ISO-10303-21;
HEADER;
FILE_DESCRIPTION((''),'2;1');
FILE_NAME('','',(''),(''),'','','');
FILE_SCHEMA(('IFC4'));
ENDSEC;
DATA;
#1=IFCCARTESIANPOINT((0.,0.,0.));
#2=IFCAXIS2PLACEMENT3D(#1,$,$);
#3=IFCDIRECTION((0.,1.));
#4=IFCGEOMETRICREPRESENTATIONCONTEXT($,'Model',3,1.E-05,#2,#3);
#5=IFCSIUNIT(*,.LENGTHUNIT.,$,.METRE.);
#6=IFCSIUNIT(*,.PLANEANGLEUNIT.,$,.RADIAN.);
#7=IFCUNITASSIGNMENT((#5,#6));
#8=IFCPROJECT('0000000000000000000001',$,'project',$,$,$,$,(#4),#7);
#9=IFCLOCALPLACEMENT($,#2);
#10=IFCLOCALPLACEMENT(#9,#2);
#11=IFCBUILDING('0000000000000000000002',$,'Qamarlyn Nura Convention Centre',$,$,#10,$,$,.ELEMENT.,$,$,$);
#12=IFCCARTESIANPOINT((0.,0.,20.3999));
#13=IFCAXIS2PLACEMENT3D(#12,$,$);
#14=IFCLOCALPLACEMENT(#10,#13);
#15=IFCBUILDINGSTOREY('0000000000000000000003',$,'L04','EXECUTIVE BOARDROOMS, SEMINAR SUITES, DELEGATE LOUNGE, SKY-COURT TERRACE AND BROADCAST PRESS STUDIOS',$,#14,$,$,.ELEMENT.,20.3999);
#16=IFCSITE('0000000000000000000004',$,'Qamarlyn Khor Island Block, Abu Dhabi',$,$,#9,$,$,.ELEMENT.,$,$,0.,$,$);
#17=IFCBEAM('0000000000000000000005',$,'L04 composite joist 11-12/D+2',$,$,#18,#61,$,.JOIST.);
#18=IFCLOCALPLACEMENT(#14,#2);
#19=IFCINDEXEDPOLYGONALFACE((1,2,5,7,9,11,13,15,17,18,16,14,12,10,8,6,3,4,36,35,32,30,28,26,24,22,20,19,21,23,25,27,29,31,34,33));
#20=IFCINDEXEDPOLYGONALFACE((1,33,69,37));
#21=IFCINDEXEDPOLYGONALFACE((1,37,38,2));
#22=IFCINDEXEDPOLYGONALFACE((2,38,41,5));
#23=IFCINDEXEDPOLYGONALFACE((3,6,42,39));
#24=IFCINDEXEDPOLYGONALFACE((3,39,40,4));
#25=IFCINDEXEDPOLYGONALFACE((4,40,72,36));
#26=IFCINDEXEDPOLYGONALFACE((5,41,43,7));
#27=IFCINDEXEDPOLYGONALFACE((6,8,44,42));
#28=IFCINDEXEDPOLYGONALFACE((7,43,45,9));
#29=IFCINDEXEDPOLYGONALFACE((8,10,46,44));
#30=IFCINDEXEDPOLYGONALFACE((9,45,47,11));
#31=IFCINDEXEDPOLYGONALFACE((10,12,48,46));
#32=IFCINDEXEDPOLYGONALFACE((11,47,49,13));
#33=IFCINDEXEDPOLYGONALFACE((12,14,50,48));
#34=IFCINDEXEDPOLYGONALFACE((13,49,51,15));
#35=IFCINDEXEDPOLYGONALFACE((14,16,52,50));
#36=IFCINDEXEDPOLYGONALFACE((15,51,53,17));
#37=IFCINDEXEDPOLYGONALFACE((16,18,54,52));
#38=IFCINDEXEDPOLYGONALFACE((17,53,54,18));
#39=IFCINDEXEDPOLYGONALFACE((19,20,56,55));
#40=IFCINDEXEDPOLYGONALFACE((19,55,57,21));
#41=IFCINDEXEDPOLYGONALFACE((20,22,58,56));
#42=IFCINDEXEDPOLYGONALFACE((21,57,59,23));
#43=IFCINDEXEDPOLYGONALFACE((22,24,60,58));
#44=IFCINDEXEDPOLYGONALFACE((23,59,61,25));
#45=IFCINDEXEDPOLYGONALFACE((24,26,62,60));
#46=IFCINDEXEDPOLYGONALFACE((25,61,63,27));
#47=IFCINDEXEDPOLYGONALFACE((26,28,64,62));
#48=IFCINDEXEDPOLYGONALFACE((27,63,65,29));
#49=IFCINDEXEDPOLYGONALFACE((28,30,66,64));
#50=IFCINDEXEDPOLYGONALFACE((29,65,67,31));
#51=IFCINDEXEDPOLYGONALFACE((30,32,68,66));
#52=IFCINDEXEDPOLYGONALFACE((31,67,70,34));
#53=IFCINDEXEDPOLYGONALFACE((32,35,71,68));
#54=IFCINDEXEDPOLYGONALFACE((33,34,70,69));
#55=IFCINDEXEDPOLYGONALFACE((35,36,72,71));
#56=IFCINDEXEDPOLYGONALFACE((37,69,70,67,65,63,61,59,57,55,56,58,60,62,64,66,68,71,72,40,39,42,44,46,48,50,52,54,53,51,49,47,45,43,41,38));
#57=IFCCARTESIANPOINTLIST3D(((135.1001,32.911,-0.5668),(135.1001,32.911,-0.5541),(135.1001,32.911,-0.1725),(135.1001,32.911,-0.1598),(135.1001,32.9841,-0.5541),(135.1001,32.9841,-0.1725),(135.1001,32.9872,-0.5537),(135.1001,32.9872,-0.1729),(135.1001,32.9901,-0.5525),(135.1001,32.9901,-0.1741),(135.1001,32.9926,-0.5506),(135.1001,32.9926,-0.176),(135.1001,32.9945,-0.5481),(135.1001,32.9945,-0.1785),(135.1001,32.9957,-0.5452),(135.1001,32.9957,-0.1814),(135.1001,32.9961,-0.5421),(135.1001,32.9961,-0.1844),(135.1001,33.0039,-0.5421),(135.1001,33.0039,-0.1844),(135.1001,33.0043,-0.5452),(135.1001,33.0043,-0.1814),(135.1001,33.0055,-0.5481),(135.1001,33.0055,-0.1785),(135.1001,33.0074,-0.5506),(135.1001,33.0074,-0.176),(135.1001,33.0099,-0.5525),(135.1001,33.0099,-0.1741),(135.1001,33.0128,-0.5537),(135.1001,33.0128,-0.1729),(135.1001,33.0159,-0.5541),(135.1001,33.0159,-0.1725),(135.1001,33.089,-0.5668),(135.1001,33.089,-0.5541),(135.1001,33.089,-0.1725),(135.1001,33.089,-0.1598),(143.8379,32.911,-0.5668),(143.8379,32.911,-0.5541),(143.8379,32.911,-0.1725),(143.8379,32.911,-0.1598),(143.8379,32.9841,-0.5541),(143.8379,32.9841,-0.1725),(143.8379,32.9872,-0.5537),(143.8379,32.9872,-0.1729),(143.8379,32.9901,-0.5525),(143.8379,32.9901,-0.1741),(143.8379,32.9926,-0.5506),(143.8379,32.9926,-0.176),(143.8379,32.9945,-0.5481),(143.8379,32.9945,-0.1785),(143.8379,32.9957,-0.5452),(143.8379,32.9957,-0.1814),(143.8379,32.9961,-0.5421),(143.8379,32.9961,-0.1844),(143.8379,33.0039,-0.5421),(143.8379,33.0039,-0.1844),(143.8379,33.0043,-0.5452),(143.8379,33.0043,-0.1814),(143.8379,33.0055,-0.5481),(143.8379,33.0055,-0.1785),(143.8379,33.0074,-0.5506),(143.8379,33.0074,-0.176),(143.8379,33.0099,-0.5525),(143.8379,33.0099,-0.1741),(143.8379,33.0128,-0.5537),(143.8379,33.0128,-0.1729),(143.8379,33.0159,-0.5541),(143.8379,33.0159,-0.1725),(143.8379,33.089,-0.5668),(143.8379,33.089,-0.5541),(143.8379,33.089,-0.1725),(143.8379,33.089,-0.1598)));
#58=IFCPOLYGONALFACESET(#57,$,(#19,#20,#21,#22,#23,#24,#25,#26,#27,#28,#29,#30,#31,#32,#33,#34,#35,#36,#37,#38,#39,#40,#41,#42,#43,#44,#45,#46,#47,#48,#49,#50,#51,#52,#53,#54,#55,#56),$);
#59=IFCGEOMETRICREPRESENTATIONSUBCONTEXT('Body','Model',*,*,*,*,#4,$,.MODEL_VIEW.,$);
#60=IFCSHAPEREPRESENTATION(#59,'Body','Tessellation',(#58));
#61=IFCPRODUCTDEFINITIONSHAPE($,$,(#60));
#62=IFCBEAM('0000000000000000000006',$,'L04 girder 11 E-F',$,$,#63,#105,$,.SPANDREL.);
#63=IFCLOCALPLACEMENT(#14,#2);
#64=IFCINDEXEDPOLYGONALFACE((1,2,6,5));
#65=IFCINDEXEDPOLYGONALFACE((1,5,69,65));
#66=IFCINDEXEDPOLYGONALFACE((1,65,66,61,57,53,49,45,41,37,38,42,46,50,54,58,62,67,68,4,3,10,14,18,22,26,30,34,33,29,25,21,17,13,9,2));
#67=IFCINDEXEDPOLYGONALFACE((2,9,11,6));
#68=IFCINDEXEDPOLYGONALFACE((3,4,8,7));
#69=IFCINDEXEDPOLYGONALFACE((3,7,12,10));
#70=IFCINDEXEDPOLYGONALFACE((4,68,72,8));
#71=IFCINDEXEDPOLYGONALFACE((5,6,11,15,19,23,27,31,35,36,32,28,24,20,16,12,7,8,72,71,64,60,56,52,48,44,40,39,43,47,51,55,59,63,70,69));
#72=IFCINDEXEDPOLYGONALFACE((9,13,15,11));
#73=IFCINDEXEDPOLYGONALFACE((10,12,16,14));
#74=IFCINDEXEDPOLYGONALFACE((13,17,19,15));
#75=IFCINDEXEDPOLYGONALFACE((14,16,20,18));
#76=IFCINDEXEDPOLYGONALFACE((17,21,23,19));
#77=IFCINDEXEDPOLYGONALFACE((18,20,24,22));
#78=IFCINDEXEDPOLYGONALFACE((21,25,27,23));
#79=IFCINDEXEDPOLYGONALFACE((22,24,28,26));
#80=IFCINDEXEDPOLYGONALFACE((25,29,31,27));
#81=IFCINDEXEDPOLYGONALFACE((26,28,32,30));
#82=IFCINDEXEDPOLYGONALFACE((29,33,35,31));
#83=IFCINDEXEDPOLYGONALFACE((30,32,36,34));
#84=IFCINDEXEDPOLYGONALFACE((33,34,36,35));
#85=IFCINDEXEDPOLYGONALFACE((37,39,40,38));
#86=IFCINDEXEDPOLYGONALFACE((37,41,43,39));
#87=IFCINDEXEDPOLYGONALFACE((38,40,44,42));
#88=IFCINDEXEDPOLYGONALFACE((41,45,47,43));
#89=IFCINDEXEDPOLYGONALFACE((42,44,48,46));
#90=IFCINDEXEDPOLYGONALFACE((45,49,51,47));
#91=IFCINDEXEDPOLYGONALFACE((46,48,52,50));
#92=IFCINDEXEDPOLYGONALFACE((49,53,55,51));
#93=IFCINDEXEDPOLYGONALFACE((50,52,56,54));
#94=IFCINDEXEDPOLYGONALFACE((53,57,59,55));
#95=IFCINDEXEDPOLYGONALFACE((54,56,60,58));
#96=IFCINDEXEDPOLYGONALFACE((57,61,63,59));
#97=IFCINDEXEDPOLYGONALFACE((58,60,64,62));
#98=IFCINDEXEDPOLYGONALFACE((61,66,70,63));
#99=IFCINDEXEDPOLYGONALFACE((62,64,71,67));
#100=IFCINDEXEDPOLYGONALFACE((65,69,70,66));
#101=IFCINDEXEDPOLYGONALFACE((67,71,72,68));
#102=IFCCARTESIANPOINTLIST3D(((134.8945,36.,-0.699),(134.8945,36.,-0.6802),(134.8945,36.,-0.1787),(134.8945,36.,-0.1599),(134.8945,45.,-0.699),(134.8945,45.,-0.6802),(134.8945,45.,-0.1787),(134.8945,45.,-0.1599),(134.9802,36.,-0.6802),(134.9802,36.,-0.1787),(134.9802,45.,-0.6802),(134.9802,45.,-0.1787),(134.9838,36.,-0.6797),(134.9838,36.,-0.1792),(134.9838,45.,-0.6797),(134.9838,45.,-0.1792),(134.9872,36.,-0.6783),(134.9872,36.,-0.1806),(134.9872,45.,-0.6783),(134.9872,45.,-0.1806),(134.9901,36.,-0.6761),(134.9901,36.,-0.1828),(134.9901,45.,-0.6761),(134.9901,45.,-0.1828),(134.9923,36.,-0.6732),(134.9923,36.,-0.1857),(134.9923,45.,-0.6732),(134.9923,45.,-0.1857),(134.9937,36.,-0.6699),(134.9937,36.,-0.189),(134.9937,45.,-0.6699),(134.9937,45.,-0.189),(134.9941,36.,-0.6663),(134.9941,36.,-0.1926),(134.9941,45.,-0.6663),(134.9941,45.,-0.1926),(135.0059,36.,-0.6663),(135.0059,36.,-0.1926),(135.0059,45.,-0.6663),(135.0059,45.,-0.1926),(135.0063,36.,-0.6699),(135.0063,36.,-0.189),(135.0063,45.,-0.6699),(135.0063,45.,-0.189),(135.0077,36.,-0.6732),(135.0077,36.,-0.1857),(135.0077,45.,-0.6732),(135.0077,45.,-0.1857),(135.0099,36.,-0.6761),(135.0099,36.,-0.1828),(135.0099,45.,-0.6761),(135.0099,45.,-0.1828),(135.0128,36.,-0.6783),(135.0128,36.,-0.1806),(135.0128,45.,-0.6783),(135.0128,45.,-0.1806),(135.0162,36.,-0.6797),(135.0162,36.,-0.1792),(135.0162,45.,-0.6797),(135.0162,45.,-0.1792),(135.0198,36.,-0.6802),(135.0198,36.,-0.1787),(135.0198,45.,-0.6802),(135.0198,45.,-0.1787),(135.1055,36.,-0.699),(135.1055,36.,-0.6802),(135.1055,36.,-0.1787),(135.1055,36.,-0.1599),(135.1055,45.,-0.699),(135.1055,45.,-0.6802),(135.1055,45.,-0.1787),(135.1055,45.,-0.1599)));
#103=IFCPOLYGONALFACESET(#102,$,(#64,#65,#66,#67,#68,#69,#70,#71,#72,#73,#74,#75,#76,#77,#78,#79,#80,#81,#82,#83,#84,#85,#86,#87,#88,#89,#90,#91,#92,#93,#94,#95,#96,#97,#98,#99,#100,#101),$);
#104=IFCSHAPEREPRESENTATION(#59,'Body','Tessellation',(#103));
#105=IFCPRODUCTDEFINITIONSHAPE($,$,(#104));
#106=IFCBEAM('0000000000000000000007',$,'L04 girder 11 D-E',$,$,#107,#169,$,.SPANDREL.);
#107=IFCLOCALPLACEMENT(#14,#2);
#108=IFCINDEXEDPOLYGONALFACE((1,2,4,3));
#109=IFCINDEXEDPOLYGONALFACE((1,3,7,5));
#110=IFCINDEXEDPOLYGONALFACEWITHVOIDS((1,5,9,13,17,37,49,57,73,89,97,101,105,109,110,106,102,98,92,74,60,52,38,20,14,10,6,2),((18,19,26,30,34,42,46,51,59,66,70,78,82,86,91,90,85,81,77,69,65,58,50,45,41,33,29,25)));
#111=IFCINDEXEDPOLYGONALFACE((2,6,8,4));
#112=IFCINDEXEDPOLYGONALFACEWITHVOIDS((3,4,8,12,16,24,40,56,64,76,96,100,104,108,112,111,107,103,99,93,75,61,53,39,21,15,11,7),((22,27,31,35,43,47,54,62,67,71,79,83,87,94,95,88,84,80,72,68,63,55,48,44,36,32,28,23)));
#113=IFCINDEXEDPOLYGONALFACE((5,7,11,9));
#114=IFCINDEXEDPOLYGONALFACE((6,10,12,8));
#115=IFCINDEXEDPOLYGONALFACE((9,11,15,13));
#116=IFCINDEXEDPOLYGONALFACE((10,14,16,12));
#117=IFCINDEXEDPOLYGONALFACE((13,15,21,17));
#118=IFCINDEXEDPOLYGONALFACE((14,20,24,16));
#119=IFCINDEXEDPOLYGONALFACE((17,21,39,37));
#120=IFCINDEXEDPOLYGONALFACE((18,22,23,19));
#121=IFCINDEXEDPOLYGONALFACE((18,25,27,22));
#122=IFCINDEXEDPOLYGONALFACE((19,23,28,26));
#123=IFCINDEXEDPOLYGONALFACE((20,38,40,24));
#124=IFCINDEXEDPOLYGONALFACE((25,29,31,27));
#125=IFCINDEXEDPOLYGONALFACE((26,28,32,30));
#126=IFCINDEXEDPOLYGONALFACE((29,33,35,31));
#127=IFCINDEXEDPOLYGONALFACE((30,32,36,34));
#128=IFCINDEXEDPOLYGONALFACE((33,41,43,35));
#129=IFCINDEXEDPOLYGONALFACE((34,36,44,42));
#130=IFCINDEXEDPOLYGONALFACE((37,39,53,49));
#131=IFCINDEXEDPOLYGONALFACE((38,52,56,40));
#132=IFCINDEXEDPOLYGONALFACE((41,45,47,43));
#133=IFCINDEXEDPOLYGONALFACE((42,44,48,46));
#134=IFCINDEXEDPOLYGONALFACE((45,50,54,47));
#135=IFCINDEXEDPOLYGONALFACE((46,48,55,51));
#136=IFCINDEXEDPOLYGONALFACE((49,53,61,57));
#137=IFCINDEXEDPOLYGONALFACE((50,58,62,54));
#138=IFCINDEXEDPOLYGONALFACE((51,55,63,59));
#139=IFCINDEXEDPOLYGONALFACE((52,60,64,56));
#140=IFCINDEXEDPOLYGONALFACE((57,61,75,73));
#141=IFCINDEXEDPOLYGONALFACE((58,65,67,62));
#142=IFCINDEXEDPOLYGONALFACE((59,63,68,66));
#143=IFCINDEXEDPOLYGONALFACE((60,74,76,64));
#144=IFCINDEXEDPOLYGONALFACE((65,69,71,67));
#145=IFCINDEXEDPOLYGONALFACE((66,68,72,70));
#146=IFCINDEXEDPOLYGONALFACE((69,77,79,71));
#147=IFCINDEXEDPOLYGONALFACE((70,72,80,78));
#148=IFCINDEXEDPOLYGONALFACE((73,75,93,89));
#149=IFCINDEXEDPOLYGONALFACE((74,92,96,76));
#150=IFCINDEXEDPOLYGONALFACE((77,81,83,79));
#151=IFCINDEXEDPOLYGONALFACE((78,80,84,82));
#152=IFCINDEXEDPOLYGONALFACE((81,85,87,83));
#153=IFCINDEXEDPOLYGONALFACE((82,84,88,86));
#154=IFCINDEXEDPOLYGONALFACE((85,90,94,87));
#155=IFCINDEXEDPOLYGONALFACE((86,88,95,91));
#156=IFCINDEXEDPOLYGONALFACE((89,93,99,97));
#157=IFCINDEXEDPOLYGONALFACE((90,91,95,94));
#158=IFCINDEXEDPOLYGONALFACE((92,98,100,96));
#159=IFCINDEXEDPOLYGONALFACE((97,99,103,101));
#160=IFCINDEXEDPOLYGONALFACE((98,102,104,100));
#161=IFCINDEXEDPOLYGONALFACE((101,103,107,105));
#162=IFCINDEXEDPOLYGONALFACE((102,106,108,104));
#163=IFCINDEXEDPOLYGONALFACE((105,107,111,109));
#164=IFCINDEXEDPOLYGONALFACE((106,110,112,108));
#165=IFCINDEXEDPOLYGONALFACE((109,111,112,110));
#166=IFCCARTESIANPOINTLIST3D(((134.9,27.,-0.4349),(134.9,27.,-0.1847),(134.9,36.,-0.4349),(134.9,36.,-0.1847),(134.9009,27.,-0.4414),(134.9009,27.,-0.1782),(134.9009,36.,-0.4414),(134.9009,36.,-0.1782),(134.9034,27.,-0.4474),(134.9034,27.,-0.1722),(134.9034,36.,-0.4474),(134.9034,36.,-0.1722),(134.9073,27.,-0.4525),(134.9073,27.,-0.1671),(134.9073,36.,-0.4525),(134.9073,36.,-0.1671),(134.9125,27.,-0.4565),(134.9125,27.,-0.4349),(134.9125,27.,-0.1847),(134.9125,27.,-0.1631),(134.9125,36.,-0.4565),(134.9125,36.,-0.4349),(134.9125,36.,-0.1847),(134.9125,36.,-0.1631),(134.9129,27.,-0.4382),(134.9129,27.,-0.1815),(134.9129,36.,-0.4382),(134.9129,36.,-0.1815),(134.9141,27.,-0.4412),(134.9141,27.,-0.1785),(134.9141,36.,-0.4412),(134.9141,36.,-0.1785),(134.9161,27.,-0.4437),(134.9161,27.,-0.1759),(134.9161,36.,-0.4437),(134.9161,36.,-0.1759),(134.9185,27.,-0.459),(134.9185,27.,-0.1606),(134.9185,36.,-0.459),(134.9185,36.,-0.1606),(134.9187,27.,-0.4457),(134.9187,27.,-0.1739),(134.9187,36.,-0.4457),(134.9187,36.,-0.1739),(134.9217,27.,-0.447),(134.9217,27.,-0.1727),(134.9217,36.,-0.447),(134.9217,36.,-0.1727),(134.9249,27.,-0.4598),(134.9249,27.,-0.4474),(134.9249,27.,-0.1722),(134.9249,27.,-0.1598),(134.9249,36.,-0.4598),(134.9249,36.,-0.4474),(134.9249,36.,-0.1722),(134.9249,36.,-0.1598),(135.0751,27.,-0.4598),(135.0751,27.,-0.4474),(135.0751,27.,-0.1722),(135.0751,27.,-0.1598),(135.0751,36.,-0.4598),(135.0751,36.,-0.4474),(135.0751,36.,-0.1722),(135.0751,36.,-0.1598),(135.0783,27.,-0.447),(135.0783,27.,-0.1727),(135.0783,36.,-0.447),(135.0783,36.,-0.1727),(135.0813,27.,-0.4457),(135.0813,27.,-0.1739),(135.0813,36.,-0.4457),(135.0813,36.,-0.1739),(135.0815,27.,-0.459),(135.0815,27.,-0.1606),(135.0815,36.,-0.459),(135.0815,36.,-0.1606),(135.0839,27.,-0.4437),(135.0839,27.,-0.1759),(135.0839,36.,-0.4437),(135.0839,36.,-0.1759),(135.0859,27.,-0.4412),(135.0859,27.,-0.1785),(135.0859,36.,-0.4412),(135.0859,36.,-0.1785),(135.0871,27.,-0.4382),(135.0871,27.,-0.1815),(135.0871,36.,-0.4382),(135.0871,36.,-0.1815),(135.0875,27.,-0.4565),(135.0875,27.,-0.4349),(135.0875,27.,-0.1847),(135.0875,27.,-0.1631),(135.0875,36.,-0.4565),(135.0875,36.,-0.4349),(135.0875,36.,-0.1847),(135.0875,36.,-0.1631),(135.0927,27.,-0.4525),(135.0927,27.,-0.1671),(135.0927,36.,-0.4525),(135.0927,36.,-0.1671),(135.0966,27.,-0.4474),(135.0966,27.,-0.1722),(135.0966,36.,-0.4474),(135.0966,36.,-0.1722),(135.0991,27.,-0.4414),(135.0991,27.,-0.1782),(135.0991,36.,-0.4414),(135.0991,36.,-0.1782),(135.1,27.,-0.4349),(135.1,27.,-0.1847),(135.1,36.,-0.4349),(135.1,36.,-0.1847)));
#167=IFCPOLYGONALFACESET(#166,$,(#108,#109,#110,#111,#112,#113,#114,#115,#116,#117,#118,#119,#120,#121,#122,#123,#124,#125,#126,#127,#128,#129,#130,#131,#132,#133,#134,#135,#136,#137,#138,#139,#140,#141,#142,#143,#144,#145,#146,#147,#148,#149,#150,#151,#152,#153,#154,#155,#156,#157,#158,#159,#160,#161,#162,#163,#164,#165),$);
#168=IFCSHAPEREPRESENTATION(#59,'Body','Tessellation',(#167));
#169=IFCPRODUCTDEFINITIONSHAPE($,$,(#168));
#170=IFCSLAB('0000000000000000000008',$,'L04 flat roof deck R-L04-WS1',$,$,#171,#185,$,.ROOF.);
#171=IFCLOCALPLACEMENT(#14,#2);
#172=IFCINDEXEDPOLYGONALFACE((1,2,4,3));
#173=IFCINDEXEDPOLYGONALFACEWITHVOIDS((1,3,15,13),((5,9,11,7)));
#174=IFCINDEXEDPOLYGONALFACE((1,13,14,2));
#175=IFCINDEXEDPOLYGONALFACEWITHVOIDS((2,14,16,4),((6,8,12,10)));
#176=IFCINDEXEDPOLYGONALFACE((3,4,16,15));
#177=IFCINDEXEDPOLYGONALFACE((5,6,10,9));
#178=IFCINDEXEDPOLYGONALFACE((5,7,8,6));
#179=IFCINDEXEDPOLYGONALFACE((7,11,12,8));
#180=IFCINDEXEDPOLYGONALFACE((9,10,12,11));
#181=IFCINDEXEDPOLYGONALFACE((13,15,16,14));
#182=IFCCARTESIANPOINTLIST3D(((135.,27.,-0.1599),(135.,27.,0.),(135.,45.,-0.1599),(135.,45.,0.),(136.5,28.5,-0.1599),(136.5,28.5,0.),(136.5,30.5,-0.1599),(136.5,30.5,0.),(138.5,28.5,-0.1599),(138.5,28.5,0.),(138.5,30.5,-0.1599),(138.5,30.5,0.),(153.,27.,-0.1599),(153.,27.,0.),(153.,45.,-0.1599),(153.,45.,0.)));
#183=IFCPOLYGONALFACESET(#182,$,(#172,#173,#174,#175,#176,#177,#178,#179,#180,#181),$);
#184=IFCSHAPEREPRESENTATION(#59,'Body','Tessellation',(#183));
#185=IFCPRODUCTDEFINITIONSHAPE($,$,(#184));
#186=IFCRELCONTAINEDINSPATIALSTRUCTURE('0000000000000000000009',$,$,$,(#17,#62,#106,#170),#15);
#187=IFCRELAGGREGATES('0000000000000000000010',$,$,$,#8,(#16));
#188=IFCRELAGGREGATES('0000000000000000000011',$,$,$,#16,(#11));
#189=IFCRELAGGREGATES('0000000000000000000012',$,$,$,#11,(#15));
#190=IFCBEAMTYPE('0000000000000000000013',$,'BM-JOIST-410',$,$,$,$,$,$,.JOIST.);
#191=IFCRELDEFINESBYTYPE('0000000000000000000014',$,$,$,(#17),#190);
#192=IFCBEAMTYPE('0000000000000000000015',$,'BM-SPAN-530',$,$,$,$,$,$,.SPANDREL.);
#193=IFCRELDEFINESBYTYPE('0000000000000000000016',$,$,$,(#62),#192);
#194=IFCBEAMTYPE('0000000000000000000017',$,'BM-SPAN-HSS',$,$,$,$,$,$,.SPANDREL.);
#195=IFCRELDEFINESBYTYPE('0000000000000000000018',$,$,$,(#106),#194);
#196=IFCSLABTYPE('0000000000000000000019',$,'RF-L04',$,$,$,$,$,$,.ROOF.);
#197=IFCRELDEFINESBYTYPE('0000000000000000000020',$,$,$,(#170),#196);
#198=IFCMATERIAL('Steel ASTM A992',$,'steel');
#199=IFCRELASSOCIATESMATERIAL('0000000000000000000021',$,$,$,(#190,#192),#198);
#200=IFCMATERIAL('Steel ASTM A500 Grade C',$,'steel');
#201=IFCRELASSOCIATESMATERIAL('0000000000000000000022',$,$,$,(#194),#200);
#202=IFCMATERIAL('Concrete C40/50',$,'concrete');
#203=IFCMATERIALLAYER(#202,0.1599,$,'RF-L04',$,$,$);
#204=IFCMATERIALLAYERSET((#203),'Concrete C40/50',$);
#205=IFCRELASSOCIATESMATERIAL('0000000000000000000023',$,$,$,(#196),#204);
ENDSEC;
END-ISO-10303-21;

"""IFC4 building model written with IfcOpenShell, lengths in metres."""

from ifc_helpers import new_model, si_unit, direction, frame, origin, origin_2d, place, context, subcontext, project, spatial, polyline, hollow_rectangle, i_section, outline, extrude, material, layer, layer_set, material_profile, profile_set, type_object, element, save


model = new_model("IFC4")

# Units and contexts
model_context = context("Model", 3, precision=1e-05, world=origin(), true_north=direction((0.0, 1.0)))
body_context = subcontext(model_context, "Body", "Model", "MODEL_VIEW")
ifc_project = project(units=[si_unit("LENGTHUNIT", "METRE"), si_unit("PLANEANGLEUNIT", "RADIAN")], contexts=[model_context])

# Site, building, storey
site_placement = place(None, origin())
site = spatial("IfcSite", under=ifc_project, at=site_placement, Name="Qamarlyn Khor Island Block, Abu Dhabi", CompositionType="ELEMENT", RefElevation=0.0)
building_placement = place(site_placement, origin())
building = spatial("IfcBuilding", under=site, at=building_placement, Name="Qamarlyn Nura Convention Centre", CompositionType="ELEMENT")
storey_placement = place(building_placement, frame((0.0, 0.0, 20.3999)))
storey = spatial("IfcBuildingStorey", under=building, at=storey_placement, Name="L04", Description="EXECUTIVE BOARDROOMS, SEMINAR SUITES, DELEGATE LOUNGE, SKY-COURT TERRACE AND BROADCAST PRESS STUDIOS", CompositionType="ELEMENT", Elevation=20.3999)

# Beams
ifc_material_1 = material(Name="Steel ASTM A992", Category="steel")
ifc_material_profile_1 = material_profile(ifc_material_1, i_section(OverallWidth=0.178, OverallDepth=0.407, WebThickness=0.0078, FlangeThickness=0.0127, FilletRadius=0.012, at=origin_2d()), Name="W410X60")
ifc_profile_set_1 = profile_set([ifc_material_profile_1], Name="Steel ASTM A992")
beam_type_1 = type_object("IfcBeamType", Name="BM-JOIST-410", PredefinedType="JOIST", material=ifc_profile_set_1)
for number, where, z_axis, x_axis, name in (
    (1, (135.1001, 33.0, -0.3633), (1.0, 0.0, 0.0), (0.0, 1.0, 0.0), "L04 composite joist 11-12/D+2"),
):
    element("IfcBeam", number, at=place(storey_placement, frame(where, z_axis=z_axis, x_axis=x_axis)), inside=storey, type_object=beam_type_1, Name=name, PredefinedType="JOIST", context=body_context, shape_type="SweptSolid", body=[
        extrude(i_section(OverallWidth=0.178, OverallDepth=0.407, WebThickness=0.0078, FlangeThickness=0.0127, FilletRadius=0.012, at=origin_2d()), origin(), (0.0, 0.0, 1.0), 8.7378),
    ])
ifc_material_profile_2 = material_profile(ifc_material_1, i_section(OverallWidth=0.2109, OverallDepth=0.5391, WebThickness=0.0117, FlangeThickness=0.0188, FilletRadius=0.0139, at=origin_2d()), Name="W530X109")
ifc_profile_set_2 = profile_set([ifc_material_profile_2], Name="Steel ASTM A992")
beam_type_2 = type_object("IfcBeamType", Name="BM-SPAN-530", PredefinedType="SPANDREL", material=ifc_profile_set_2)
beam_1_placement = place(storey_placement, frame((135.0, 36.0, -0.4294), z_axis=(0.0, 1.0, 0.0), x_axis=(-1.0, 0.0, 0.0)))
element("IfcBeam", 2, at=beam_1_placement, inside=storey, type_object=beam_type_2, Name="L04 girder 11 E-F", PredefinedType="SPANDREL", context=body_context, shape_type="SweptSolid", body=[
    extrude(i_section(OverallWidth=0.2109, OverallDepth=0.5391, WebThickness=0.0117, FlangeThickness=0.0188, FilletRadius=0.0139, at=origin_2d()), origin(), (0.0, 0.0, 1.0), 9.0),
])
ifc_material_2 = material(Name="Steel ASTM A500 Grade C", Category="steel")
ifc_material_profile_3 = material_profile(ifc_material_2, hollow_rectangle(XDim=0.2, YDim=0.3, WallThickness=0.0125, InnerFilletRadius=0.0125, OuterFilletRadius=0.0249, at=origin_2d()), Name="HSS300X200X12.5")
ifc_profile_set_3 = profile_set([ifc_material_profile_3], Name="Steel ASTM A500 Grade C")
beam_type_3 = type_object("IfcBeamType", Name="BM-SPAN-HSS", PredefinedType="SPANDREL", material=ifc_profile_set_3)
beam_2_placement = place(storey_placement, frame((135.0, 27.0, -0.3098), z_axis=(0.0, 1.0, 0.0), x_axis=(-1.0, 0.0, 0.0)))
element("IfcBeam", 3, at=beam_2_placement, inside=storey, type_object=beam_type_3, Name="L04 girder 11 D-E", PredefinedType="SPANDREL", context=body_context, shape_type="SweptSolid", body=[
    extrude(hollow_rectangle(XDim=0.2, YDim=0.3, WallThickness=0.0125, InnerFilletRadius=0.0125, OuterFilletRadius=0.0249, at=origin_2d()), origin(), (0.0, 0.0, 1.0), 9.0),
])

# Slab
ifc_material_3 = material(Name="Concrete C40/50", Category="concrete")
ifc_layer_1 = layer(ifc_material_3, 0.1599, Name="RF-L04")
ifc_layer_set_1 = layer_set([ifc_layer_1], Name="Concrete C40/50")
slab_type_1 = type_object("IfcSlabType", Name="RF-L04", PredefinedType="ROOF", material=ifc_layer_set_1)
slab_1_placement = place(storey_placement, frame((0.0, 0.0, -0.1599)))
element("IfcSlab", 4, at=slab_1_placement, inside=storey, type_object=slab_type_1, Name="L04 flat roof deck R-L04-WS1", PredefinedType="ROOF", context=body_context, shape_type="SweptSolid", body=[
    extrude(outline(polyline([(135.0, 27.0), (135.0, 45.0), (153.0, 45.0), (153.0, 27.0), (135.0, 27.0)]), holes=[polyline([(138.5, 30.5), (136.5, 30.5), (136.5, 28.5), (138.5, 28.5), (138.5, 30.5)])]), origin(), (0.0, 0.0, 1.0), 0.1599),
])

save(model, "model.ifc")
